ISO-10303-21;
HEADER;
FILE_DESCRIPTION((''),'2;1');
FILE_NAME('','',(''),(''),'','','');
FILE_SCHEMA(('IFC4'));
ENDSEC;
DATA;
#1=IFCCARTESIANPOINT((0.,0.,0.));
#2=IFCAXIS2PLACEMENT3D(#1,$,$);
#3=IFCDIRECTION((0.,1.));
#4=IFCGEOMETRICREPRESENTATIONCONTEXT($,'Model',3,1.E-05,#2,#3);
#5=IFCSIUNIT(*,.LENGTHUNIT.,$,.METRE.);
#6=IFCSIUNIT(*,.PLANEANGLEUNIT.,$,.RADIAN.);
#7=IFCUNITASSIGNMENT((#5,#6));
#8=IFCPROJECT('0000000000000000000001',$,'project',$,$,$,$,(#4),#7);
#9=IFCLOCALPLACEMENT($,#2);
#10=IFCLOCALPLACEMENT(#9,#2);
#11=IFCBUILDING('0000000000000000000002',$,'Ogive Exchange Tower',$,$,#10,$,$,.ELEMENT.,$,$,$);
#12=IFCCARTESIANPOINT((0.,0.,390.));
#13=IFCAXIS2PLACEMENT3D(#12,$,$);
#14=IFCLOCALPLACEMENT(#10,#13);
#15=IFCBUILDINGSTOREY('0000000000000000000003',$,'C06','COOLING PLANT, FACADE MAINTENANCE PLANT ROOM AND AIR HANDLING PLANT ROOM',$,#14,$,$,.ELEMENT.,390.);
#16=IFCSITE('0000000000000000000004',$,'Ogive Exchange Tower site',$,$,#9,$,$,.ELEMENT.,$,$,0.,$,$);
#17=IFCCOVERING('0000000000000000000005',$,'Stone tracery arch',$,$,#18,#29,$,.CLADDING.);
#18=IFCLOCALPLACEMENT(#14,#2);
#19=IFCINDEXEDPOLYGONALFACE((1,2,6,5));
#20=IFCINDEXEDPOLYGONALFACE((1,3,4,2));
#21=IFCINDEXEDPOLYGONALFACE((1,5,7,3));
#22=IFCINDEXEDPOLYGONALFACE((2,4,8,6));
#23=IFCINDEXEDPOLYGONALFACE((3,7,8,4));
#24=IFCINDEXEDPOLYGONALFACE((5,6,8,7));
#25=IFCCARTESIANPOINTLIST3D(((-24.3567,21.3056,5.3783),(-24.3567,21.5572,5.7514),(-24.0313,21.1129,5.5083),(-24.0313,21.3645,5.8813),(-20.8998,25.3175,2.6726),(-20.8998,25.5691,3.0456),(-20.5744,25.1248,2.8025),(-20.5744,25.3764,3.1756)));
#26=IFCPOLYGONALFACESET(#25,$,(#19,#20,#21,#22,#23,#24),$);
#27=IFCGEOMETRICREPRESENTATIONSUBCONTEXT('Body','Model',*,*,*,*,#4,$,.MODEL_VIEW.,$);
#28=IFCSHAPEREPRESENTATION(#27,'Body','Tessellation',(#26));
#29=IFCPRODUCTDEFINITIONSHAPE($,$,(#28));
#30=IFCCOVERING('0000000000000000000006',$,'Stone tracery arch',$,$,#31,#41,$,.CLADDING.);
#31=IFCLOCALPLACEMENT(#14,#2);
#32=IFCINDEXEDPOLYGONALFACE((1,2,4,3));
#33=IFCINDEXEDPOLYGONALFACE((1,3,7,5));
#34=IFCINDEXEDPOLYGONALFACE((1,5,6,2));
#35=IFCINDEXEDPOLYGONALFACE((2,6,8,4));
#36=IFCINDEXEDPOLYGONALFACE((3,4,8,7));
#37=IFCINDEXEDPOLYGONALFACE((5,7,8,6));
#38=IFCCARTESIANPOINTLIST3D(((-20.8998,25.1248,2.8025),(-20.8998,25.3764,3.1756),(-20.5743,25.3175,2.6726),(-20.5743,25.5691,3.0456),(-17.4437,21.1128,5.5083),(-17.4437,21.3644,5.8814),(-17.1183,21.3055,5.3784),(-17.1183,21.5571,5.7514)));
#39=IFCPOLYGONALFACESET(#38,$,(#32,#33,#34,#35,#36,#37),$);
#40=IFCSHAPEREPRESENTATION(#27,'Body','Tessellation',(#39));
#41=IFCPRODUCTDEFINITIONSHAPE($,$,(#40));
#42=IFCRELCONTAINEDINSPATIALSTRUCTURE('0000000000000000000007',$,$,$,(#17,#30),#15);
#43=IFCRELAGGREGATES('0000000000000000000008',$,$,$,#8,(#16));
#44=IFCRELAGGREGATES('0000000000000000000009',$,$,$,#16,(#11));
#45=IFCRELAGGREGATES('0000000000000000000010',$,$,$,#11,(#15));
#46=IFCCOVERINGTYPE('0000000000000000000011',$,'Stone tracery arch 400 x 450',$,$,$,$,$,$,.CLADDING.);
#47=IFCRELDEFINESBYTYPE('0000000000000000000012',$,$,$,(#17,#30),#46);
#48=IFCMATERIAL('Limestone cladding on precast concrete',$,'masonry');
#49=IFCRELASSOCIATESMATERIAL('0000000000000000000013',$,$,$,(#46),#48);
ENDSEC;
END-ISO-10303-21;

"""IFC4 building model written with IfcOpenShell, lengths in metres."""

from ifc_helpers import new_model, si_unit, direction, frame, origin, origin_2d, place, context, subcontext, project, spatial, rectangle, extrude, material, material_profile, profile_set, type_object, element, save


model = new_model("IFC4")

# Units and contexts
model_context = context("Model", 3, precision=1e-05, world=origin(), true_north=direction((0.0, 1.0)))
body_context = subcontext(model_context, "Body", "Model", "MODEL_VIEW")
ifc_project = project(units=[si_unit("LENGTHUNIT", "METRE"), si_unit("PLANEANGLEUNIT", "RADIAN")], contexts=[model_context])

# Site, building, storey
site_placement = place(None, origin())
site = spatial("IfcSite", under=ifc_project, at=site_placement, Name="Ogive Exchange Tower site", CompositionType="ELEMENT", RefElevation=0.0)
building_placement = place(site_placement, origin())
building = spatial("IfcBuilding", under=site, at=building_placement, Name="Ogive Exchange Tower", CompositionType="ELEMENT")
storey_placement = place(building_placement, frame((0.0, 0.0, 390.0)))
storey = spatial("IfcBuildingStorey", under=building, at=storey_placement, Name="C06", Description="COOLING PLANT, FACADE MAINTENANCE PLANT ROOM AND AIR HANDLING PLANT ROOM", CompositionType="ELEMENT", Elevation=390.0)

# Coverings
ifc_material_1 = material(Name="Limestone cladding on precast concrete", Category="masonry")
ifc_material_profile_1 = material_profile(ifc_material_1, rectangle(XDim=0.3999, YDim=0.45, at=origin_2d()), Name="TRACERY 400 x 450")
ifc_profile_set_1 = profile_set([ifc_material_profile_1], Name="Limestone cladding on precast concrete")
covering_type_1 = type_object("IfcCoveringType", Name="Stone tracery arch 400 x 450", PredefinedType="CLADDING", material=ifc_profile_set_1)
covering_1_placement = place(storey_placement, frame((-20.7371, 25.3469, 2.9241), z_axis=(-0.581294, -0.674605, 0.454978), x_axis=(0.813693, -0.481935, 0.325025)))
element("IfcCovering", 1, at=covering_1_placement, inside=storey, type_object=covering_type_1, Name="Stone tracery arch", PredefinedType="CLADDING", context=body_context, shape_type="SweptSolid", body=[
    extrude(rectangle(XDim=0.3999, YDim=0.45, at=origin_2d()), origin(), (0.0, 0.0, 1.0), 5.947),
])
covering_2_placement = place(storey_placement, frame((-20.7371, 25.3469, 2.9241), z_axis=(0.581186, -0.67467, 0.455021), x_axis=(0.813771, 0.481829, -0.324988)))
element("IfcCovering", 2, at=covering_2_placement, inside=storey, type_object=covering_type_1, Name="Stone tracery arch", PredefinedType="CLADDING", context=body_context, shape_type="SweptSolid", body=[
    extrude(rectangle(XDim=0.3999, YDim=0.45, at=origin_2d()), origin(), (0.0, 0.0, 1.0), 5.9465),
])

save(model, "model.ifc")
